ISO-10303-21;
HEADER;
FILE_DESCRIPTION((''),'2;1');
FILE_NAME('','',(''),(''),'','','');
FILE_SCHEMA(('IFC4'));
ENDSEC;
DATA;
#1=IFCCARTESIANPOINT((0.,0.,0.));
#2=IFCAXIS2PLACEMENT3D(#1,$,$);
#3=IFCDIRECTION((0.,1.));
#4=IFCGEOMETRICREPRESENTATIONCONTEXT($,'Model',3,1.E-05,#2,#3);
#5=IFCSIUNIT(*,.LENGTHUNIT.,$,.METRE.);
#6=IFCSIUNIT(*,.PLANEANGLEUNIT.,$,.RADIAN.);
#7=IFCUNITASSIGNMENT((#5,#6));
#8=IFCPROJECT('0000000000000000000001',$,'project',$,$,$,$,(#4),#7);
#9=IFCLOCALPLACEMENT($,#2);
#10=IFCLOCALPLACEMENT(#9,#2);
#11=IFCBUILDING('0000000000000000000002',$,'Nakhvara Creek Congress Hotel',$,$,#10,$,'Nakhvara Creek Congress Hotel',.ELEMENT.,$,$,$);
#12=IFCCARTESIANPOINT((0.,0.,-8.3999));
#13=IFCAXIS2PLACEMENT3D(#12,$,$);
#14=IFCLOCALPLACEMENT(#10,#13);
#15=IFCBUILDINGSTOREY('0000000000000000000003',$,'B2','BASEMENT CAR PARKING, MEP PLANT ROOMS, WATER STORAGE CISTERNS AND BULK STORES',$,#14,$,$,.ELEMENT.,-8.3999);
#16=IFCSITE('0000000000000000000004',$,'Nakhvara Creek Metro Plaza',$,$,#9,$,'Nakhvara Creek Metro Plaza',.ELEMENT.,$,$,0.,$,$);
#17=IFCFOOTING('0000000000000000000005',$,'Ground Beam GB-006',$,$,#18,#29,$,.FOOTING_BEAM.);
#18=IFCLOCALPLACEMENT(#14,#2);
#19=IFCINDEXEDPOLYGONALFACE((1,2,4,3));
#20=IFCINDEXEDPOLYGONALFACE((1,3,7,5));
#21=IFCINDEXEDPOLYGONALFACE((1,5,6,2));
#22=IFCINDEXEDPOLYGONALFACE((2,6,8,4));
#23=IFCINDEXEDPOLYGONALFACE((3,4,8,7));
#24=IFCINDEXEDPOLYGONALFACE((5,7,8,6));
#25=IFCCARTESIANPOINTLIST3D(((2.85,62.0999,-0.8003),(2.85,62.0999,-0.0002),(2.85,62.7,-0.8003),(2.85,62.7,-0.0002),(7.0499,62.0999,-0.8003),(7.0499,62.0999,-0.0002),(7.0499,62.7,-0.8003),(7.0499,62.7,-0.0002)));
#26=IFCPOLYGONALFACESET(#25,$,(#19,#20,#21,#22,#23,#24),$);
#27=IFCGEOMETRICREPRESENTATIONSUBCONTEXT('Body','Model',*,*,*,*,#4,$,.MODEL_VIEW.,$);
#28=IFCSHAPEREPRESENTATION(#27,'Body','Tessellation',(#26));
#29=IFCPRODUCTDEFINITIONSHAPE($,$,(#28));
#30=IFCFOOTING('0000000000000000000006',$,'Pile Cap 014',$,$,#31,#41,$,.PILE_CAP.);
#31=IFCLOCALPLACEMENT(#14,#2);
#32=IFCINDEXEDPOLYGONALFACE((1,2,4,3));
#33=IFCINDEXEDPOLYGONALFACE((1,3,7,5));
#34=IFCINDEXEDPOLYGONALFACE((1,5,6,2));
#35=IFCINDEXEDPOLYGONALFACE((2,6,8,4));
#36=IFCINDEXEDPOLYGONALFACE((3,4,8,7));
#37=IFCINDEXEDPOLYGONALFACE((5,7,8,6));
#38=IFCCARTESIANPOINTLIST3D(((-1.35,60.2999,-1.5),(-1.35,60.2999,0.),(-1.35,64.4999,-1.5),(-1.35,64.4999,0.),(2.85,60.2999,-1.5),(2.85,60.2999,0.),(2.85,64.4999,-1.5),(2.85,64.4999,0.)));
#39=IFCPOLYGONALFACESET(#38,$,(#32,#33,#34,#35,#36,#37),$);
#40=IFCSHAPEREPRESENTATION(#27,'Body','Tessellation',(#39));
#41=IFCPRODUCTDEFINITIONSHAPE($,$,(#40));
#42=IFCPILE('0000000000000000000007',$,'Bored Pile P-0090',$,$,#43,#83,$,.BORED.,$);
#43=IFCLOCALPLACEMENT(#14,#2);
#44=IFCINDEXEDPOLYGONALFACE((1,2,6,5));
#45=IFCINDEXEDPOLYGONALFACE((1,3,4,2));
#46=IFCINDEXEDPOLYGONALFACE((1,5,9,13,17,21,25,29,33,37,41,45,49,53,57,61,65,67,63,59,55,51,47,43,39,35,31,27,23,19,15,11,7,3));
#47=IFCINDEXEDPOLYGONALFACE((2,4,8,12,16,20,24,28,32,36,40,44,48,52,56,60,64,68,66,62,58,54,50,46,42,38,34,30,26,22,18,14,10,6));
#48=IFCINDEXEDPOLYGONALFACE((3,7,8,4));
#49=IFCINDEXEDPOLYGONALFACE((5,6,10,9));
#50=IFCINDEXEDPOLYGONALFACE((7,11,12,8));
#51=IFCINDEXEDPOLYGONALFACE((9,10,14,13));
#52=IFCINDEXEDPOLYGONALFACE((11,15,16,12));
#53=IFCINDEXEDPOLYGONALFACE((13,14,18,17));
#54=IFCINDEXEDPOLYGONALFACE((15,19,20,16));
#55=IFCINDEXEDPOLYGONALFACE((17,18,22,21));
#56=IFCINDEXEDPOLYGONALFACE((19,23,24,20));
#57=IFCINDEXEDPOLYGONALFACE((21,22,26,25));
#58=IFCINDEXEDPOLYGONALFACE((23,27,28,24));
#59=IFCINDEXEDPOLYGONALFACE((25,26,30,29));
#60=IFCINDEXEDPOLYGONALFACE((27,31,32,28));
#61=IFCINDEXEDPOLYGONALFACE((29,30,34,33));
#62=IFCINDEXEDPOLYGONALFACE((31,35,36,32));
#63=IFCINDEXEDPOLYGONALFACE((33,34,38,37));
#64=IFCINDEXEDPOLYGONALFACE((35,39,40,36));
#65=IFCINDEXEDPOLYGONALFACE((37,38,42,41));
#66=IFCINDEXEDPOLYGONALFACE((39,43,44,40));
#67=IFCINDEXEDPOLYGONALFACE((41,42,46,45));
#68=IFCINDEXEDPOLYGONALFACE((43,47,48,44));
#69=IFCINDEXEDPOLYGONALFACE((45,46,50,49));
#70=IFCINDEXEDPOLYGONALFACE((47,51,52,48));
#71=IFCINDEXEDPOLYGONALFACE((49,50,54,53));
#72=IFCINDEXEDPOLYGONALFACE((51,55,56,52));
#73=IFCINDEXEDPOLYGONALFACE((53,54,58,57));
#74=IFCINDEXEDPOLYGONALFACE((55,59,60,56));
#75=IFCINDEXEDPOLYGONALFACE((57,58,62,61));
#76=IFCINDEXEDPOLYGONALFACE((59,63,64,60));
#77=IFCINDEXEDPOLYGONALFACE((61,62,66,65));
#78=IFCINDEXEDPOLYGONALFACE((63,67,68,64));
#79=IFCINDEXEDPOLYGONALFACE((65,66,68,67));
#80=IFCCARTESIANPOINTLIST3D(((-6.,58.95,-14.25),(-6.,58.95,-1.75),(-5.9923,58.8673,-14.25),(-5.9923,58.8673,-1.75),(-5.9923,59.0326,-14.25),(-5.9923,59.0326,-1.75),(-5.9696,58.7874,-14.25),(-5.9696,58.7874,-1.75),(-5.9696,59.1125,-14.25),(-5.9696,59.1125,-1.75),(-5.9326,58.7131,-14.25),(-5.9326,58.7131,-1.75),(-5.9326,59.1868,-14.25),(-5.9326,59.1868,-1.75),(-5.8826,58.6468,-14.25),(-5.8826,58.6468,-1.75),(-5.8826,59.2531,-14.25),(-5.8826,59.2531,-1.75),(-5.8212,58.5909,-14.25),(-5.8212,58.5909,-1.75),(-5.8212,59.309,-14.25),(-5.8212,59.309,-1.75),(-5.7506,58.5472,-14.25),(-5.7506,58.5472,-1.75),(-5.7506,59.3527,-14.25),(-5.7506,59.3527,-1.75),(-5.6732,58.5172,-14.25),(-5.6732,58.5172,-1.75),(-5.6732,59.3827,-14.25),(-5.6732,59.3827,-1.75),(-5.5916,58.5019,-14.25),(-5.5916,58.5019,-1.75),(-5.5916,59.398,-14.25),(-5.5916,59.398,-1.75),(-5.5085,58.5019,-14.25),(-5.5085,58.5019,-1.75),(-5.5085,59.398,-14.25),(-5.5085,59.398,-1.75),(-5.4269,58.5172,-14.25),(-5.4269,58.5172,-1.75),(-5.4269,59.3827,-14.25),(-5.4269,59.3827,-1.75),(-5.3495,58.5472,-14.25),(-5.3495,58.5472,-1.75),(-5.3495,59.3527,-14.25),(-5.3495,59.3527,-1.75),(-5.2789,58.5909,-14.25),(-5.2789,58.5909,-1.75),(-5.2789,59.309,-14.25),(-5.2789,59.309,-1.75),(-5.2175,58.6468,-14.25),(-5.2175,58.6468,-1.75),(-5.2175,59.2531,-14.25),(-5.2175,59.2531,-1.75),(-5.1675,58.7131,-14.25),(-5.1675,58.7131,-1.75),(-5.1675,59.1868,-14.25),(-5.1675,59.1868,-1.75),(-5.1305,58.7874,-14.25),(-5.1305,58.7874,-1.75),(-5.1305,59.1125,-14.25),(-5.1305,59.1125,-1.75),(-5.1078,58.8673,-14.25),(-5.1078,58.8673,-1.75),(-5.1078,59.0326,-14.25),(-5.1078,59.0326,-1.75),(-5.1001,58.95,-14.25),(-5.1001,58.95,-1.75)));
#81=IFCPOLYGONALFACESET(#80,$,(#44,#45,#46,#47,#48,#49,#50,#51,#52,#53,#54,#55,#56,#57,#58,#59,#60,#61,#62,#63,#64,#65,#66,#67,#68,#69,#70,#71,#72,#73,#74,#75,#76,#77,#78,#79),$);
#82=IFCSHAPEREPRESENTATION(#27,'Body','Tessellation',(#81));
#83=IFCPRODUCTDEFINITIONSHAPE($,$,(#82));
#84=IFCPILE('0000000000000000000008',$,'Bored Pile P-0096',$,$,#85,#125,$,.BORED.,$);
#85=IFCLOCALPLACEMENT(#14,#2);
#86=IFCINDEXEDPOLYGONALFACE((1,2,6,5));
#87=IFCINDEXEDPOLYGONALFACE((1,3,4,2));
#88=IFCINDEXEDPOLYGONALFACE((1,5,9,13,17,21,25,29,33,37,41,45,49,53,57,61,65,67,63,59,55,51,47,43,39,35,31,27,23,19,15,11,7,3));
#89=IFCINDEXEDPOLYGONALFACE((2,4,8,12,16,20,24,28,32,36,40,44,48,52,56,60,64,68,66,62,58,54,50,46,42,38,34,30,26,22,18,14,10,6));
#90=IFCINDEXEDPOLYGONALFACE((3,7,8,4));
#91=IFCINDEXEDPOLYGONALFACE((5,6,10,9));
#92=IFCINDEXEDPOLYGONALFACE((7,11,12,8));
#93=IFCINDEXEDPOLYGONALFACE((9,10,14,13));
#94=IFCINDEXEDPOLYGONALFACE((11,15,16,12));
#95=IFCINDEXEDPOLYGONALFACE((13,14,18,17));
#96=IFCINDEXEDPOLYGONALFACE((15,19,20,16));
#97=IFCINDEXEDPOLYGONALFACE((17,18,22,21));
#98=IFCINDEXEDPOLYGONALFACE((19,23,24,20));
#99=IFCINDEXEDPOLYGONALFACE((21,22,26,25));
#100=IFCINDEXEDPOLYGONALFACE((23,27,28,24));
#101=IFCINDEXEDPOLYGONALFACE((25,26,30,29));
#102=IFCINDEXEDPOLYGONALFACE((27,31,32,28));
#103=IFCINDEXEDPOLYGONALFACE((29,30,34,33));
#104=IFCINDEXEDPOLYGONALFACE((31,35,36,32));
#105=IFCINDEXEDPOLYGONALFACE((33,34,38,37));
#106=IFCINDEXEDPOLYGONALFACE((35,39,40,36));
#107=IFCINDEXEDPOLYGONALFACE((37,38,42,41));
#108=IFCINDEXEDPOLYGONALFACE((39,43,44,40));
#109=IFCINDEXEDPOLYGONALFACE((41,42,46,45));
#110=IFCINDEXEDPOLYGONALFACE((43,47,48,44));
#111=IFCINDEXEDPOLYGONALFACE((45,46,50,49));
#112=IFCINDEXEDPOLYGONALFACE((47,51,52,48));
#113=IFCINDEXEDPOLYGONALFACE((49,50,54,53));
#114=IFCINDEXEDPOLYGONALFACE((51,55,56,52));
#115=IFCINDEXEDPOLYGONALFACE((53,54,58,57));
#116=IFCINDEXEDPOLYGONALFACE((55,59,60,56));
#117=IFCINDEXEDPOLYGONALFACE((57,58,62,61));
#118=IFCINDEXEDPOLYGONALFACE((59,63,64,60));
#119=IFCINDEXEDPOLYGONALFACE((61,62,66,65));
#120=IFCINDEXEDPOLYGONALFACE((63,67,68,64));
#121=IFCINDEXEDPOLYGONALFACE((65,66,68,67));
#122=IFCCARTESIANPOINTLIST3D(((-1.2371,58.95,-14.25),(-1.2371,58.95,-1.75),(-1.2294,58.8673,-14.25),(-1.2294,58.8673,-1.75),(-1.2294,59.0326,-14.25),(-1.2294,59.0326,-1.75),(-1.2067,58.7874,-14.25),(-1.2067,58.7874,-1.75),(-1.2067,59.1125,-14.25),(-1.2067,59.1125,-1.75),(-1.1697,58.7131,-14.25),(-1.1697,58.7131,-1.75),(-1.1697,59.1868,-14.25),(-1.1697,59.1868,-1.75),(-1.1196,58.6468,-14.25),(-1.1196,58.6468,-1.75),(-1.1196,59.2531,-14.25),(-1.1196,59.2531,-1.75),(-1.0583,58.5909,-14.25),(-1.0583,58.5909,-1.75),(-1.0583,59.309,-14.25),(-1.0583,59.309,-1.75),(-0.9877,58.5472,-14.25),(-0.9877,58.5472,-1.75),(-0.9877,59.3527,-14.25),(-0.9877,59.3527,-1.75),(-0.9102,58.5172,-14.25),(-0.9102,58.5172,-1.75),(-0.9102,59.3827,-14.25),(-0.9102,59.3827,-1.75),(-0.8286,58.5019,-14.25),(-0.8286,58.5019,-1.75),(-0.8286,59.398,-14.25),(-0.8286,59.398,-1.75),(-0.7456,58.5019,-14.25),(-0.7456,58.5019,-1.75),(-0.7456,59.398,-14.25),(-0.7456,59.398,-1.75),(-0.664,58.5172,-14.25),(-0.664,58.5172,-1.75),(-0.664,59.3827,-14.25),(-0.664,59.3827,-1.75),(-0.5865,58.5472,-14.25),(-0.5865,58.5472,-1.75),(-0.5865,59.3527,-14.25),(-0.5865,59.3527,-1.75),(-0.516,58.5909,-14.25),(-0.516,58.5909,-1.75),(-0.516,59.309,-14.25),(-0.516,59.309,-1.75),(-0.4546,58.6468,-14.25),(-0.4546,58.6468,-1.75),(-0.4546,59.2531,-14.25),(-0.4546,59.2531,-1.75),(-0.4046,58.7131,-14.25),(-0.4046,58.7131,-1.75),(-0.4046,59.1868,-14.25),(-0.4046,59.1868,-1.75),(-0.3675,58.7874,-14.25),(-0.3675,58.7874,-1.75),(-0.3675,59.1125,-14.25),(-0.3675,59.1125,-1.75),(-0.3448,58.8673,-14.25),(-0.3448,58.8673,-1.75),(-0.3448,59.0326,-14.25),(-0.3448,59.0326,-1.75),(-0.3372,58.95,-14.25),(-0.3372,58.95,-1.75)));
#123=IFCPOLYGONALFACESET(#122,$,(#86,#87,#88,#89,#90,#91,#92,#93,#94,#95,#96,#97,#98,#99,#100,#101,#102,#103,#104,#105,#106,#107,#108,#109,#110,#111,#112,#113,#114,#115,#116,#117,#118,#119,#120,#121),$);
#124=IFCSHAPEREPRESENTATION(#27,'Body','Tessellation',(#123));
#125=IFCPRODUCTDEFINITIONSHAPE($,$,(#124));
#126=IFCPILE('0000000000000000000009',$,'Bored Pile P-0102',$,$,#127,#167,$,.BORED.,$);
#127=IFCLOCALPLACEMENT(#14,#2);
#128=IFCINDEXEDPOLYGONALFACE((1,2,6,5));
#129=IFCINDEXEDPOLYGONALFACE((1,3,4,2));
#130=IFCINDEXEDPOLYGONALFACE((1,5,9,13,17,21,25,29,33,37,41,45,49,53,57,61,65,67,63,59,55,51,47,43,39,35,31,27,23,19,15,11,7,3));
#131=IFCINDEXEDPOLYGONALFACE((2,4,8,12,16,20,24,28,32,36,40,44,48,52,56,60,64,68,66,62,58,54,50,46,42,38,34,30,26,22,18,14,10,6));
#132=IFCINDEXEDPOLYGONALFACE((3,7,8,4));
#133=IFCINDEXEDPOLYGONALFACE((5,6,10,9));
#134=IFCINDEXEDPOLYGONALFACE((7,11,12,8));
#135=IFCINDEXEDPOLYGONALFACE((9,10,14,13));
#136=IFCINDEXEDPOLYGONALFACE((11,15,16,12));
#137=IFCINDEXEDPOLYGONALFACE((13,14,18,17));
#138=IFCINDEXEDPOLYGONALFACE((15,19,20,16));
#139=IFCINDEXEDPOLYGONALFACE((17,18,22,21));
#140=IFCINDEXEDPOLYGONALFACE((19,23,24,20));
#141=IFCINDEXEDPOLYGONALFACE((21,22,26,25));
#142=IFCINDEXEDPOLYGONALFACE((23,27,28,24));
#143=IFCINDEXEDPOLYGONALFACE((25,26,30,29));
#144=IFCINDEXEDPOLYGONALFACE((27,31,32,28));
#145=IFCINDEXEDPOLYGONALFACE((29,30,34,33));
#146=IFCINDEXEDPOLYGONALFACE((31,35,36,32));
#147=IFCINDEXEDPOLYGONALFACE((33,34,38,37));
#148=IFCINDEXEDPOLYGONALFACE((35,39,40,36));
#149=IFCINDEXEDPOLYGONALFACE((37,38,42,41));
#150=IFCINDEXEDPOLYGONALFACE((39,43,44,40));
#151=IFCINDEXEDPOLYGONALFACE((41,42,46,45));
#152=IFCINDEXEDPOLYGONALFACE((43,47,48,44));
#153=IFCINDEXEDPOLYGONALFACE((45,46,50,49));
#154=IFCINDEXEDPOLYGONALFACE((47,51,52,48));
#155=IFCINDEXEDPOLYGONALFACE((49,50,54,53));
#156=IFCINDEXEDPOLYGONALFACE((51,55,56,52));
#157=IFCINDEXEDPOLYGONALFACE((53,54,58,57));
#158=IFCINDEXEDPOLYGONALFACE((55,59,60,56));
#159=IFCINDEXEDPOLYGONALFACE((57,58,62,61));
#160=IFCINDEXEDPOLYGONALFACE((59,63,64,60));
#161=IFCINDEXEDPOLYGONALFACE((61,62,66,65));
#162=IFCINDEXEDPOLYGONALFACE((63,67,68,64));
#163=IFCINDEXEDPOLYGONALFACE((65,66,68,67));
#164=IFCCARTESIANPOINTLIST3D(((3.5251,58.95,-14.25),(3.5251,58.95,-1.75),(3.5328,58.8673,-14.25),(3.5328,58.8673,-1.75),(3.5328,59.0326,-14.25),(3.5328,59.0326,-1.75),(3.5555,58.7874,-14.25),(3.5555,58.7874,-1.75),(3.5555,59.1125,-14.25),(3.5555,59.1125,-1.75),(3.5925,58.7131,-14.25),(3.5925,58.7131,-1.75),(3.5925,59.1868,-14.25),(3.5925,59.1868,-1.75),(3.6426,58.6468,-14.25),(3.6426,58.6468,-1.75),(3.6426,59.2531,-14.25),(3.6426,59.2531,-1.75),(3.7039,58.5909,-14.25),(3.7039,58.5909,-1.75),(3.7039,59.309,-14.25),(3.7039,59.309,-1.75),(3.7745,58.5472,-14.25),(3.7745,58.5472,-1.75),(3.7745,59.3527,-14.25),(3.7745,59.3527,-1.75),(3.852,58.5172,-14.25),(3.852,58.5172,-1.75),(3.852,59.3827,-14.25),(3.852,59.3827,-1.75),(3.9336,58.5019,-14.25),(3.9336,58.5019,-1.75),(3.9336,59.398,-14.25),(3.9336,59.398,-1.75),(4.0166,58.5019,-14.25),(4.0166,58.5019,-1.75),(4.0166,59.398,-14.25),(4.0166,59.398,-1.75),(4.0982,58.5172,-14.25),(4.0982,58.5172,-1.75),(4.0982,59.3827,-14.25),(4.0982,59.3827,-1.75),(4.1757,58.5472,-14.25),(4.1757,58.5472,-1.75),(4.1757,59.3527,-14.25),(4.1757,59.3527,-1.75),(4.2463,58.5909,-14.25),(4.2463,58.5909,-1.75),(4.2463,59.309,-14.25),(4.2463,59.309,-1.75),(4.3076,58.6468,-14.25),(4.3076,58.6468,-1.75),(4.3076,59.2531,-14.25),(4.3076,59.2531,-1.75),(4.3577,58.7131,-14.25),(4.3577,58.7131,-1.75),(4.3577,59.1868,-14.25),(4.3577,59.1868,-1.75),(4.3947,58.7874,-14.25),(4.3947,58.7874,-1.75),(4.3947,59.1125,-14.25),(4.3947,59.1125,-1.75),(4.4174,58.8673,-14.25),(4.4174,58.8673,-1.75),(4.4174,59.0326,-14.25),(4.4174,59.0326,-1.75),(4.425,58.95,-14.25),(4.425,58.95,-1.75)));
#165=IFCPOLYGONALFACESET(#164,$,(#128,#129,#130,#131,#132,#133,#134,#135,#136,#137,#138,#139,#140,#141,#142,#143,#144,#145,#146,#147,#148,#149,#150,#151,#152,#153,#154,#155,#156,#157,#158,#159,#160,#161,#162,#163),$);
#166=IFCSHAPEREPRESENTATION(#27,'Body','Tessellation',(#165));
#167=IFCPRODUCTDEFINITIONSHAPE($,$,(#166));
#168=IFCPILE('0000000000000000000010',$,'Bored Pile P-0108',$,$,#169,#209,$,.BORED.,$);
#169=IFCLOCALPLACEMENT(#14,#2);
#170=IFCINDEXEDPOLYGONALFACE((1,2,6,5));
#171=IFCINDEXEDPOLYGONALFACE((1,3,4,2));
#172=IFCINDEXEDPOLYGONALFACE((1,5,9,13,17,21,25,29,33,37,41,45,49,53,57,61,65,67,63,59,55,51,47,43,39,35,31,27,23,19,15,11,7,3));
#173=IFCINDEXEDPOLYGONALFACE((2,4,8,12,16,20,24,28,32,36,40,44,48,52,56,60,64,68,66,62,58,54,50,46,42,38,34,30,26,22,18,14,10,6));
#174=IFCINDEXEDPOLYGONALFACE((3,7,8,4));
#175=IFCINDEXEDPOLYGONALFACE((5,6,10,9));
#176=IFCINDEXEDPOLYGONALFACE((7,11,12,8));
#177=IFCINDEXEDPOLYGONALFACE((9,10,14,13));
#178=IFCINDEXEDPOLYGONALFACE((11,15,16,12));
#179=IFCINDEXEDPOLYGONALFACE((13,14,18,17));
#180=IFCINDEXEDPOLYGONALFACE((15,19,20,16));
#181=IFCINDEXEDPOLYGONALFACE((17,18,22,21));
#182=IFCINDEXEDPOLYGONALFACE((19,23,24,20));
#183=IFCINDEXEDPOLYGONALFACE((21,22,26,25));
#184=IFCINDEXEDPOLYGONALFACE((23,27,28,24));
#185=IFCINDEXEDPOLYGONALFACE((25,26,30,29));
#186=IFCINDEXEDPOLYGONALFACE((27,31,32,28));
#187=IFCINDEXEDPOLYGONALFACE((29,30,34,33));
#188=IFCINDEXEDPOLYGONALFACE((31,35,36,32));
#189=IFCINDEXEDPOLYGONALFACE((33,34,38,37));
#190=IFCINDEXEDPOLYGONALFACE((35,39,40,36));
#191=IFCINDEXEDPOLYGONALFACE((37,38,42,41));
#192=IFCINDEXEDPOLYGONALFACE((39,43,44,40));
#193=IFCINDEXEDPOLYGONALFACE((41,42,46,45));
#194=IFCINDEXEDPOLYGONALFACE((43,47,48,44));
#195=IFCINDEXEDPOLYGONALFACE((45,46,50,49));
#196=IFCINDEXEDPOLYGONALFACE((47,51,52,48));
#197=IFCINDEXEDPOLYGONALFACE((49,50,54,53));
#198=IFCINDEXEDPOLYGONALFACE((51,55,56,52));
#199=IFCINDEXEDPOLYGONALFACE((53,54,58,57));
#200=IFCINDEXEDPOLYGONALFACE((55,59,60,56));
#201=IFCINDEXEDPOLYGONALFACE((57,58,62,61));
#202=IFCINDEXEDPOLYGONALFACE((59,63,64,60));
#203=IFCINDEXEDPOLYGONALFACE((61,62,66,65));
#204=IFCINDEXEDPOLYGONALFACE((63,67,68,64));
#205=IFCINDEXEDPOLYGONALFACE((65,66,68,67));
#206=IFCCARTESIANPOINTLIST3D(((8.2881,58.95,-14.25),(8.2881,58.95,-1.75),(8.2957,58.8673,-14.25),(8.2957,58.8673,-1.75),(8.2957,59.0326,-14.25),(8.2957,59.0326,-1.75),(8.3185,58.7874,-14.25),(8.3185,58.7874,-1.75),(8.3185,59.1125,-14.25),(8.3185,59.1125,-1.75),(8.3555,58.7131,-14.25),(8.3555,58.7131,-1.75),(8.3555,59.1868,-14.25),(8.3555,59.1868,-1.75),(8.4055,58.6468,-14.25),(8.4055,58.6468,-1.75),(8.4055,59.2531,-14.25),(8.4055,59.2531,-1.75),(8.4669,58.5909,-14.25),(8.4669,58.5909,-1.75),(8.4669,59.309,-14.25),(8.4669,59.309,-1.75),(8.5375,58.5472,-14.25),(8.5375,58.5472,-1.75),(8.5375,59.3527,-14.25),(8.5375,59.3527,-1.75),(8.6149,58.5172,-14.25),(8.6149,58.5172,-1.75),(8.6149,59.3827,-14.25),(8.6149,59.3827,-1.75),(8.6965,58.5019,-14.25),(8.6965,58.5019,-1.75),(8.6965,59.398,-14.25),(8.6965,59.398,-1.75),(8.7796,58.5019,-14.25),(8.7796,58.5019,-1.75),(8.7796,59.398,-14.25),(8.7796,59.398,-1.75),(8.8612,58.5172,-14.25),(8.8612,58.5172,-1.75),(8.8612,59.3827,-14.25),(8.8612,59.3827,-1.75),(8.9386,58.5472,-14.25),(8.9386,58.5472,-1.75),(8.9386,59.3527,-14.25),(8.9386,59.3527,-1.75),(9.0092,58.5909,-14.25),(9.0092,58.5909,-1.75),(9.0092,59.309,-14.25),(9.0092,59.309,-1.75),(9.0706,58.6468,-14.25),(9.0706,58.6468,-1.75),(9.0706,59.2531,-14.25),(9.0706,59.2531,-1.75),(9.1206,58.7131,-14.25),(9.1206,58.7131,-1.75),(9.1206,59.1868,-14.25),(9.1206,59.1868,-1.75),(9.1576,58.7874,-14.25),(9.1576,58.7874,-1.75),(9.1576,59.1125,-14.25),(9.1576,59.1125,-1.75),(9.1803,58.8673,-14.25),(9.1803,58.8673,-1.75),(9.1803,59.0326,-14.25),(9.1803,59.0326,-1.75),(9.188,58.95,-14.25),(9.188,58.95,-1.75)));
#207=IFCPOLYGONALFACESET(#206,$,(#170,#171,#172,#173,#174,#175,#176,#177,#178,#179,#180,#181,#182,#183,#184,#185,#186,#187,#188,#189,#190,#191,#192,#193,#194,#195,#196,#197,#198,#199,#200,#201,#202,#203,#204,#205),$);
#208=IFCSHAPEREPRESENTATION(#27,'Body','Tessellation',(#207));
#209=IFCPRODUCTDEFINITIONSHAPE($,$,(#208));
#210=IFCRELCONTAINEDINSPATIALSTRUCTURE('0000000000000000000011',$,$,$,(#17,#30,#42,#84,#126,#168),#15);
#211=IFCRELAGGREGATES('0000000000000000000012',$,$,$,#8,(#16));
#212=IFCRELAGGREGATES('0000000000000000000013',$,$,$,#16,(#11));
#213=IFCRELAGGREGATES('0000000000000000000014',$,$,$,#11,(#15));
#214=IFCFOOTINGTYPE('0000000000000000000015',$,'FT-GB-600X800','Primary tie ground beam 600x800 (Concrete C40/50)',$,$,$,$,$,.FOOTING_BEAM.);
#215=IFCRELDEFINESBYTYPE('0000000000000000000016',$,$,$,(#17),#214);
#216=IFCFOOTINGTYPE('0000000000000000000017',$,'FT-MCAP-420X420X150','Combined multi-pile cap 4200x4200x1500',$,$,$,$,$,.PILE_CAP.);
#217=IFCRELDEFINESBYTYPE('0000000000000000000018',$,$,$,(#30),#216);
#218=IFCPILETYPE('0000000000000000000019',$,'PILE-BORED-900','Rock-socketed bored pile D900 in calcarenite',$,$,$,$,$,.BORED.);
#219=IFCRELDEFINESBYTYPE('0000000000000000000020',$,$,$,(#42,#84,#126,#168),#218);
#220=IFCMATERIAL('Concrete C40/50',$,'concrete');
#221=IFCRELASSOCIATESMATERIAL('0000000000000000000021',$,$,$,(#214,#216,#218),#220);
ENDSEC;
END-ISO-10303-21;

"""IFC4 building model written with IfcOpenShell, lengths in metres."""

from ifc_helpers import new_model, si_unit, direction, frame, origin, origin_2d, place, context, subcontext, project, spatial, rectangle, circle, extrude, material, material_profile, profile_set, type_object, element, save


model = new_model("IFC4")

# Units and contexts
model_context = context("Model", 3, precision=1e-05, world=origin(), true_north=direction((0.0, 1.0)))
body_context = subcontext(model_context, "Body", "Model", "MODEL_VIEW")
ifc_project = project(units=[si_unit("LENGTHUNIT", "METRE"), si_unit("PLANEANGLEUNIT", "RADIAN")], contexts=[model_context])

# Site, building, storey
site_placement = place(None, origin())
site = spatial("IfcSite", under=ifc_project, at=site_placement, Name="Nakhvara Creek Metro Plaza", LongName="Nakhvara Creek Metro Plaza", CompositionType="ELEMENT", RefElevation=0.0)
building_placement = place(site_placement, origin())
building = spatial("IfcBuilding", under=site, at=building_placement, Name="Nakhvara Creek Congress Hotel", LongName="Nakhvara Creek Congress Hotel", CompositionType="ELEMENT")
storey_placement = place(building_placement, frame((0.0, 0.0, -8.3999)))
storey = spatial("IfcBuildingStorey", under=building, at=storey_placement, Name="B2", Description="BASEMENT CAR PARKING, MEP PLANT ROOMS, WATER STORAGE CISTERNS AND BULK STORES", CompositionType="ELEMENT", Elevation=-8.3999)

# Footings
ifc_material_1 = material(Name="Concrete C40/50", Category="concrete")
footing_type_1 = type_object("IfcFootingType", Name="FT-GB-600X800", Description="Primary tie ground beam 600x800 (Concrete C40/50)", PredefinedType="FOOTING_BEAM", material=ifc_material_1)
footing_1_placement = place(storey_placement, frame((4.95, 62.3999, -0.8003), z_axis=(0.0, 0.0, 1.0), x_axis=(1.0, 0.0, 0.0)))
element("IfcFooting", 1, at=footing_1_placement, inside=storey, type_object=footing_type_1, Name="Ground Beam GB-006", PredefinedType="FOOTING_BEAM", context=body_context, shape_type="SweptSolid", body=[
    extrude(rectangle(XDim=4.2, YDim=0.6001, at=origin_2d()), origin(), (0.0, 0.0, 1.0), 0.8),
])
footing_type_2 = type_object("IfcFootingType", Name="FT-MCAP-420X420X150", Description="Combined multi-pile cap 4200x4200x1500", PredefinedType="PILE_CAP", material=ifc_material_1)
footing_2_placement = place(storey_placement, frame((0.75, 62.3999, -1.5), z_axis=(0.0, 0.0, 1.0), x_axis=(1.0, 0.0, 0.0)))
element("IfcFooting", 2, at=footing_2_placement, inside=storey, type_object=footing_type_2, Name="Pile Cap 014", PredefinedType="PILE_CAP", context=body_context, shape_type="SweptSolid", body=[
    extrude(rectangle(XDim=4.2, YDim=4.2, at=origin_2d()), origin(), (0.0, 0.0, 1.0), 1.5),
])

# Piles
ifc_material_profile_1 = material_profile(ifc_material_1, circle(Radius=0.45, at=origin_2d()), Name="BORED PILE D900", Category="LoadBearing")
ifc_profile_set_1 = profile_set([ifc_material_profile_1], Name="Concrete C40/50")
pile_type = type_object("IfcPileType", Name="PILE-BORED-900", Description="Rock-socketed bored pile D900 in calcarenite", PredefinedType="BORED", material=ifc_profile_set_1)
for number, where, z_axis, x_axis, name in (
    (3, (-5.55, 58.95, -1.75), (0.0, 0.0, -1.0), (1.0, 0.0, 0.0), "Bored Pile P-0090"),
    (4, (-0.7871, 58.95, -1.75), (0.0, 0.0, -1.0), (1.0, 0.0, 0.0), "Bored Pile P-0096"),
    (5, (3.9751, 58.95, -1.75), (0.0, 0.0, -1.0), (1.0, 0.0, 0.0), "Bored Pile P-0102"),
    (6, (8.738, 58.95, -1.75), (0.0, 0.0, -1.0), (1.0, 0.0, 0.0), "Bored Pile P-0108"),
):
    element("IfcPile", number, at=place(storey_placement, frame(where, z_axis=z_axis, x_axis=x_axis)), inside=storey, type_object=pile_type, Name=name, PredefinedType="BORED", context=body_context, shape_type="SweptSolid", body=[
        extrude(circle(Radius=0.45, at=origin_2d()), origin(), (0.0, 0.0, 1.0), 12.5),
    ])

save(model, "model.ifc")
